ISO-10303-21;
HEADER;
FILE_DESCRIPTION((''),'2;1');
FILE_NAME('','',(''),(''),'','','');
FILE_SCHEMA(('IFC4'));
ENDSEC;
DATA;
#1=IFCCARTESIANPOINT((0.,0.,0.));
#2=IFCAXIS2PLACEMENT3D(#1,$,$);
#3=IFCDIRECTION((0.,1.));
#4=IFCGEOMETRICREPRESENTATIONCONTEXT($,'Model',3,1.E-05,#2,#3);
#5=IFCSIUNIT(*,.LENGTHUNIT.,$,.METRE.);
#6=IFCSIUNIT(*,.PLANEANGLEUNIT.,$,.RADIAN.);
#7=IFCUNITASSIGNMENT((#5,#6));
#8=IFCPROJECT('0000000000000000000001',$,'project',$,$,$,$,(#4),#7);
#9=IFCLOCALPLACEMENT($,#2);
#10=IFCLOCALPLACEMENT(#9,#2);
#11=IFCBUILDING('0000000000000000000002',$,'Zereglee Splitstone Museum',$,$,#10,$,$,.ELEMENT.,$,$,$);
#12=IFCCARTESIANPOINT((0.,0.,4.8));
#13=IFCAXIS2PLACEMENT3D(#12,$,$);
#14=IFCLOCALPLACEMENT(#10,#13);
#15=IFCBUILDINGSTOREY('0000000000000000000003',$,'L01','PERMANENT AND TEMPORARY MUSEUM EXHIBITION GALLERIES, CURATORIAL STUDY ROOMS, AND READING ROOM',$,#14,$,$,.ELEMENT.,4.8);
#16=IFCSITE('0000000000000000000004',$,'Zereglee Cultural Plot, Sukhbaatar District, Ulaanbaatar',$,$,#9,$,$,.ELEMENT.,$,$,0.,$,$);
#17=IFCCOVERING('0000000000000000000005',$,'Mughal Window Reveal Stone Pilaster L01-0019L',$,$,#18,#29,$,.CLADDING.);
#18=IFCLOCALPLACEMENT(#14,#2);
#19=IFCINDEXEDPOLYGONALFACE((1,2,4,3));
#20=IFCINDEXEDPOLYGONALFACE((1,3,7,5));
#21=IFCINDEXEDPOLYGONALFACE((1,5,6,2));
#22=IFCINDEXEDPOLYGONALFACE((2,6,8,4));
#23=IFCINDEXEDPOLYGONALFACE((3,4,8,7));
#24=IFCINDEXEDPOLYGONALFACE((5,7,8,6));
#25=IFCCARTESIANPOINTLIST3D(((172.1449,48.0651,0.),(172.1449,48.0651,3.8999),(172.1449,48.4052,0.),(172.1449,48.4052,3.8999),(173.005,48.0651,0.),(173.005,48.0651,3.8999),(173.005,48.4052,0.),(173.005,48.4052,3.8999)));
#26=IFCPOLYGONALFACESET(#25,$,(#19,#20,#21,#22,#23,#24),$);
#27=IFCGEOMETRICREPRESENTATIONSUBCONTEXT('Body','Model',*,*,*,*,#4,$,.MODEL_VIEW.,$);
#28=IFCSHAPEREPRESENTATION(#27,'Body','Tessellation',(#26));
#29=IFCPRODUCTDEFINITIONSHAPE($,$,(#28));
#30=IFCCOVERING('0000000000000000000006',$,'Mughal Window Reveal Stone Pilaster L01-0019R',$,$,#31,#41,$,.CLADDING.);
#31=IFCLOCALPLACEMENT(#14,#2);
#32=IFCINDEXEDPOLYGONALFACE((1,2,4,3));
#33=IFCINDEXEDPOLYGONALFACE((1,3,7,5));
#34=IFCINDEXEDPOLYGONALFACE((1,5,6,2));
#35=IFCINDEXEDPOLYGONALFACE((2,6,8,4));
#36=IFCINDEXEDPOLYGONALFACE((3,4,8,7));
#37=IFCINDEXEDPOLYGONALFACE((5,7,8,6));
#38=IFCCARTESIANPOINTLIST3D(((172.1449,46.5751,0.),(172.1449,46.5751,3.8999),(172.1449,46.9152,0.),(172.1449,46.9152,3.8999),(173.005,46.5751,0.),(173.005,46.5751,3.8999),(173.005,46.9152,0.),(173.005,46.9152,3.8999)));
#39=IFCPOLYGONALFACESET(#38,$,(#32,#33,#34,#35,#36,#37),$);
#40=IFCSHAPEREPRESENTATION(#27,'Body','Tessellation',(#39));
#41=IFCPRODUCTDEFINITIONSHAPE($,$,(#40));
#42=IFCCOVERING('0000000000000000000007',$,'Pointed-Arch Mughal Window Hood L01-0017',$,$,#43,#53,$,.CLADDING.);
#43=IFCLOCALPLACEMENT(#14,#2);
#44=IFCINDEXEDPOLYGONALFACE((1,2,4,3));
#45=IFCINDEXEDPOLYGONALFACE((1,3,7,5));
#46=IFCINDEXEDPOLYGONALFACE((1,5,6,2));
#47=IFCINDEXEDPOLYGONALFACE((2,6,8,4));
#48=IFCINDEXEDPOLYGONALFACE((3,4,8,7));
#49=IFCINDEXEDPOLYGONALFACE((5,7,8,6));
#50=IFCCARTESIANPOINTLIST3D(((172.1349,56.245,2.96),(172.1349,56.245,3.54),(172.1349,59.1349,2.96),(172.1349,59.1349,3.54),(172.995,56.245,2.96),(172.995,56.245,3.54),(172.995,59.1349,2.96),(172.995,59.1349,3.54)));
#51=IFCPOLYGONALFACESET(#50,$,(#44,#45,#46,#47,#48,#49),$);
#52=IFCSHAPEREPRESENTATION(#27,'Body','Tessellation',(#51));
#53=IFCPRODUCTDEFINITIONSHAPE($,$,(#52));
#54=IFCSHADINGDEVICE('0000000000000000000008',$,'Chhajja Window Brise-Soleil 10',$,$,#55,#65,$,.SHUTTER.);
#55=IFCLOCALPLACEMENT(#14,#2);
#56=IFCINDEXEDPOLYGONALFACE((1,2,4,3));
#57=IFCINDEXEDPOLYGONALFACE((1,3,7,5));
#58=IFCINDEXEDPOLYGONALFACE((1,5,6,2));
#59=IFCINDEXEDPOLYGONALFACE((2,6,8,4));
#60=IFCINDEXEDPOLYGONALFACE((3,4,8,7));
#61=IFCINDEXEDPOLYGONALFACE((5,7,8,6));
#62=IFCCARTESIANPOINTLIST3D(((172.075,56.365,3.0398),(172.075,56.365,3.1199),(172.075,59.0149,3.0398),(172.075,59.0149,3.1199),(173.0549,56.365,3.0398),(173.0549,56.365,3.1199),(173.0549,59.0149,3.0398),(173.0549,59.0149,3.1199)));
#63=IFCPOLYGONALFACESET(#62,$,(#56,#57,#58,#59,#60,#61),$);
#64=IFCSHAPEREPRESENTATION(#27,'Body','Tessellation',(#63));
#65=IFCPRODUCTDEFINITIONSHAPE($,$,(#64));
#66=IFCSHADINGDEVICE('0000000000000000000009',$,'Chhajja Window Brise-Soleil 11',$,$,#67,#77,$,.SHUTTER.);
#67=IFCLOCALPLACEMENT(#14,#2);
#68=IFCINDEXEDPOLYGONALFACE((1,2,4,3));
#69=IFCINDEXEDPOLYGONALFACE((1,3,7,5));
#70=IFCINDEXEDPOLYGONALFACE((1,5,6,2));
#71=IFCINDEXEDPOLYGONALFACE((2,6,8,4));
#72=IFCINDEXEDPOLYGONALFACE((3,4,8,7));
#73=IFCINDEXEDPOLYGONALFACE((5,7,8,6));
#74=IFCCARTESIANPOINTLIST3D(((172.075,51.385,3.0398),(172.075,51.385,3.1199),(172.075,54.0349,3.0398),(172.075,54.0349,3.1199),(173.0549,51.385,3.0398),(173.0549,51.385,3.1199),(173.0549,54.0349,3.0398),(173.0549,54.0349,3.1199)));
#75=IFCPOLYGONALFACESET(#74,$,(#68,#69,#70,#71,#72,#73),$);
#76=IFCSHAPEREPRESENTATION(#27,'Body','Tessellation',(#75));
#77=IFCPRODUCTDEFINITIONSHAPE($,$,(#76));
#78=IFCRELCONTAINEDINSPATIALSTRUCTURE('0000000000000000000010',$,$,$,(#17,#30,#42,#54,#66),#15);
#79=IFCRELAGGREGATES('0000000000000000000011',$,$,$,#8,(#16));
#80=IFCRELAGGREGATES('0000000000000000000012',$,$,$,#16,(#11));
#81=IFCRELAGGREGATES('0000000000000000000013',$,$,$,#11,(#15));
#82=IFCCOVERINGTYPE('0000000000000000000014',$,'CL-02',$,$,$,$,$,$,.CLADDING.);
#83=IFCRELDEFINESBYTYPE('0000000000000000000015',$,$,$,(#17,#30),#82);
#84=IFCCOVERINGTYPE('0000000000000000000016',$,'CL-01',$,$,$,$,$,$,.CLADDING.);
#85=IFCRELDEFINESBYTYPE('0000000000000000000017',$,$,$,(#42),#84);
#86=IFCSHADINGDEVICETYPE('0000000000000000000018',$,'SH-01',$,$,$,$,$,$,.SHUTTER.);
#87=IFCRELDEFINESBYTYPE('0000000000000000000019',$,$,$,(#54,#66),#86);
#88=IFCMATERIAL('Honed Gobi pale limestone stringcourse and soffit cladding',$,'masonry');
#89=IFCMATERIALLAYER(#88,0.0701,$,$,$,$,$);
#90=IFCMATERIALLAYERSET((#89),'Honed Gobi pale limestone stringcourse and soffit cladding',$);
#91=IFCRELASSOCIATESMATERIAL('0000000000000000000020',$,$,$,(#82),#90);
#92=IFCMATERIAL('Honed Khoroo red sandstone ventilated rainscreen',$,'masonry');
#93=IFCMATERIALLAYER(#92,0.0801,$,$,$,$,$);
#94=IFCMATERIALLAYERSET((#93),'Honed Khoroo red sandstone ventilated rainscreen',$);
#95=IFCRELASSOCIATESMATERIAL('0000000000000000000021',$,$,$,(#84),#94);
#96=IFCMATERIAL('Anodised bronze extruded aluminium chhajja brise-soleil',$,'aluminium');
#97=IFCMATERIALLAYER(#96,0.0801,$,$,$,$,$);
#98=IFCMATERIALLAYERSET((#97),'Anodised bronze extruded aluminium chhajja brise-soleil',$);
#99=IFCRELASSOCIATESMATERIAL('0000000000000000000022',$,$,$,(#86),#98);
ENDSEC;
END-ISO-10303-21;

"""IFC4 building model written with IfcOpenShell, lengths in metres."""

from ifc_helpers import new_model, si_unit, direction, frame, origin, origin_2d, place, context, subcontext, project, spatial, rectangle, extrude, material, layer, layer_set, type_object, element, save


model = new_model("IFC4")

# Units and contexts
model_context = context("Model", 3, precision=1e-05, world=origin(), true_north=direction((0.0, 1.0)))
body_context = subcontext(model_context, "Body", "Model", "MODEL_VIEW")
ifc_project = project(units=[si_unit("LENGTHUNIT", "METRE"), si_unit("PLANEANGLEUNIT", "RADIAN")], contexts=[model_context])

# Site, building, storey
site_placement = place(None, origin())
site = spatial("IfcSite", under=ifc_project, at=site_placement, Name="Zereglee Cultural Plot, Sukhbaatar District, Ulaanbaatar", CompositionType="ELEMENT", RefElevation=0.0)
building_placement = place(site_placement, origin())
building = spatial("IfcBuilding", under=site, at=building_placement, Name="Zereglee Splitstone Museum", CompositionType="ELEMENT")
storey_placement = place(building_placement, frame((0.0, 0.0, 4.8)))
storey = spatial("IfcBuildingStorey", under=building, at=storey_placement, Name="L01", Description="PERMANENT AND TEMPORARY MUSEUM EXHIBITION GALLERIES, CURATORIAL STUDY ROOMS, AND READING ROOM", CompositionType="ELEMENT", Elevation=4.8)

# Coverings
ifc_material_1 = material(Name="Honed Gobi pale limestone stringcourse and soffit cladding", Category="masonry")
ifc_layer_1 = layer(ifc_material_1, 0.0701)
ifc_layer_set_1 = layer_set([ifc_layer_1], Name="Honed Gobi pale limestone stringcourse and soffit cladding")
covering_type_1 = type_object("IfcCoveringType", Name="CL-02", PredefinedType="CLADDING", material=ifc_layer_set_1)
for number, where, z_axis, x_axis, name in (
    (1, (172.575, 48.2351, 0.0), (0.0, 0.0, 1.0), (0.0, -1.0, 0.0), "Mughal Window Reveal Stone Pilaster L01-0019L"),
    (2, (172.575, 46.7451, 0.0), (0.0, 0.0, 1.0), (0.0, -1.0, 0.0), "Mughal Window Reveal Stone Pilaster L01-0019R"),
):
    element("IfcCovering", number, at=place(storey_placement, frame(where, z_axis=z_axis, x_axis=x_axis)), inside=storey, type_object=covering_type_1, Name=name, PredefinedType="CLADDING", context=body_context, shape_type="SweptSolid", body=[
        extrude(rectangle(XDim=0.3401, YDim=0.8601, at=origin_2d()), origin(), (0.0, 0.0, 1.0), 3.8999),
    ])
ifc_material_2 = material(Name="Honed Khoroo red sandstone ventilated rainscreen", Category="masonry")
ifc_layer_2 = layer(ifc_material_2, 0.0801)
ifc_layer_set_2 = layer_set([ifc_layer_2], Name="Honed Khoroo red sandstone ventilated rainscreen")
covering_type_2 = type_object("IfcCoveringType", Name="CL-01", PredefinedType="CLADDING", material=ifc_layer_set_2)
covering_1_placement = place(storey_placement, frame((172.5649, 57.6899, 2.96), z_axis=(0.0, 0.0, 1.0), x_axis=(0.0, -1.0, 0.0)))
element("IfcCovering", 3, at=covering_1_placement, inside=storey, type_object=covering_type_2, Name="Pointed-Arch Mughal Window Hood L01-0017", PredefinedType="CLADDING", context=body_context, shape_type="SweptSolid", body=[
    extrude(rectangle(XDim=2.8899, YDim=0.8601, at=origin_2d()), origin(), (0.0, 0.0, 1.0), 0.5801),
])

# Shading devices
ifc_material_3 = material(Name="Anodised bronze extruded aluminium chhajja brise-soleil", Category="aluminium")
ifc_layer_3 = layer(ifc_material_3, 0.0801)
ifc_layer_set_3 = layer_set([ifc_layer_3], Name="Anodised bronze extruded aluminium chhajja brise-soleil")
shading_device_type = type_object("IfcShadingDeviceType", Name="SH-01", PredefinedType="SHUTTER", material=ifc_layer_set_3)
for number, where, z_axis, x_axis, name in (
    (4, (172.5649, 57.6899, 3.0398), (0.0, 0.0, 1.0), (0.0, -1.0, 0.0), "Chhajja Window Brise-Soleil 10"),
    (5, (172.5649, 52.71, 3.0398), (0.0, 0.0, 1.0), (0.0, -1.0, 0.0), "Chhajja Window Brise-Soleil 11"),
):
    element("IfcShadingDevice", number, at=place(storey_placement, frame(where, z_axis=z_axis, x_axis=x_axis)), inside=storey, type_object=shading_device_type, Name=name, PredefinedType="SHUTTER", context=body_context, shape_type="SweptSolid", body=[
        extrude(rectangle(XDim=2.6499, YDim=0.98, at=origin_2d()), origin(), (0.0, 0.0, 1.0), 0.0801),
    ])

save(model, "model.ifc")
